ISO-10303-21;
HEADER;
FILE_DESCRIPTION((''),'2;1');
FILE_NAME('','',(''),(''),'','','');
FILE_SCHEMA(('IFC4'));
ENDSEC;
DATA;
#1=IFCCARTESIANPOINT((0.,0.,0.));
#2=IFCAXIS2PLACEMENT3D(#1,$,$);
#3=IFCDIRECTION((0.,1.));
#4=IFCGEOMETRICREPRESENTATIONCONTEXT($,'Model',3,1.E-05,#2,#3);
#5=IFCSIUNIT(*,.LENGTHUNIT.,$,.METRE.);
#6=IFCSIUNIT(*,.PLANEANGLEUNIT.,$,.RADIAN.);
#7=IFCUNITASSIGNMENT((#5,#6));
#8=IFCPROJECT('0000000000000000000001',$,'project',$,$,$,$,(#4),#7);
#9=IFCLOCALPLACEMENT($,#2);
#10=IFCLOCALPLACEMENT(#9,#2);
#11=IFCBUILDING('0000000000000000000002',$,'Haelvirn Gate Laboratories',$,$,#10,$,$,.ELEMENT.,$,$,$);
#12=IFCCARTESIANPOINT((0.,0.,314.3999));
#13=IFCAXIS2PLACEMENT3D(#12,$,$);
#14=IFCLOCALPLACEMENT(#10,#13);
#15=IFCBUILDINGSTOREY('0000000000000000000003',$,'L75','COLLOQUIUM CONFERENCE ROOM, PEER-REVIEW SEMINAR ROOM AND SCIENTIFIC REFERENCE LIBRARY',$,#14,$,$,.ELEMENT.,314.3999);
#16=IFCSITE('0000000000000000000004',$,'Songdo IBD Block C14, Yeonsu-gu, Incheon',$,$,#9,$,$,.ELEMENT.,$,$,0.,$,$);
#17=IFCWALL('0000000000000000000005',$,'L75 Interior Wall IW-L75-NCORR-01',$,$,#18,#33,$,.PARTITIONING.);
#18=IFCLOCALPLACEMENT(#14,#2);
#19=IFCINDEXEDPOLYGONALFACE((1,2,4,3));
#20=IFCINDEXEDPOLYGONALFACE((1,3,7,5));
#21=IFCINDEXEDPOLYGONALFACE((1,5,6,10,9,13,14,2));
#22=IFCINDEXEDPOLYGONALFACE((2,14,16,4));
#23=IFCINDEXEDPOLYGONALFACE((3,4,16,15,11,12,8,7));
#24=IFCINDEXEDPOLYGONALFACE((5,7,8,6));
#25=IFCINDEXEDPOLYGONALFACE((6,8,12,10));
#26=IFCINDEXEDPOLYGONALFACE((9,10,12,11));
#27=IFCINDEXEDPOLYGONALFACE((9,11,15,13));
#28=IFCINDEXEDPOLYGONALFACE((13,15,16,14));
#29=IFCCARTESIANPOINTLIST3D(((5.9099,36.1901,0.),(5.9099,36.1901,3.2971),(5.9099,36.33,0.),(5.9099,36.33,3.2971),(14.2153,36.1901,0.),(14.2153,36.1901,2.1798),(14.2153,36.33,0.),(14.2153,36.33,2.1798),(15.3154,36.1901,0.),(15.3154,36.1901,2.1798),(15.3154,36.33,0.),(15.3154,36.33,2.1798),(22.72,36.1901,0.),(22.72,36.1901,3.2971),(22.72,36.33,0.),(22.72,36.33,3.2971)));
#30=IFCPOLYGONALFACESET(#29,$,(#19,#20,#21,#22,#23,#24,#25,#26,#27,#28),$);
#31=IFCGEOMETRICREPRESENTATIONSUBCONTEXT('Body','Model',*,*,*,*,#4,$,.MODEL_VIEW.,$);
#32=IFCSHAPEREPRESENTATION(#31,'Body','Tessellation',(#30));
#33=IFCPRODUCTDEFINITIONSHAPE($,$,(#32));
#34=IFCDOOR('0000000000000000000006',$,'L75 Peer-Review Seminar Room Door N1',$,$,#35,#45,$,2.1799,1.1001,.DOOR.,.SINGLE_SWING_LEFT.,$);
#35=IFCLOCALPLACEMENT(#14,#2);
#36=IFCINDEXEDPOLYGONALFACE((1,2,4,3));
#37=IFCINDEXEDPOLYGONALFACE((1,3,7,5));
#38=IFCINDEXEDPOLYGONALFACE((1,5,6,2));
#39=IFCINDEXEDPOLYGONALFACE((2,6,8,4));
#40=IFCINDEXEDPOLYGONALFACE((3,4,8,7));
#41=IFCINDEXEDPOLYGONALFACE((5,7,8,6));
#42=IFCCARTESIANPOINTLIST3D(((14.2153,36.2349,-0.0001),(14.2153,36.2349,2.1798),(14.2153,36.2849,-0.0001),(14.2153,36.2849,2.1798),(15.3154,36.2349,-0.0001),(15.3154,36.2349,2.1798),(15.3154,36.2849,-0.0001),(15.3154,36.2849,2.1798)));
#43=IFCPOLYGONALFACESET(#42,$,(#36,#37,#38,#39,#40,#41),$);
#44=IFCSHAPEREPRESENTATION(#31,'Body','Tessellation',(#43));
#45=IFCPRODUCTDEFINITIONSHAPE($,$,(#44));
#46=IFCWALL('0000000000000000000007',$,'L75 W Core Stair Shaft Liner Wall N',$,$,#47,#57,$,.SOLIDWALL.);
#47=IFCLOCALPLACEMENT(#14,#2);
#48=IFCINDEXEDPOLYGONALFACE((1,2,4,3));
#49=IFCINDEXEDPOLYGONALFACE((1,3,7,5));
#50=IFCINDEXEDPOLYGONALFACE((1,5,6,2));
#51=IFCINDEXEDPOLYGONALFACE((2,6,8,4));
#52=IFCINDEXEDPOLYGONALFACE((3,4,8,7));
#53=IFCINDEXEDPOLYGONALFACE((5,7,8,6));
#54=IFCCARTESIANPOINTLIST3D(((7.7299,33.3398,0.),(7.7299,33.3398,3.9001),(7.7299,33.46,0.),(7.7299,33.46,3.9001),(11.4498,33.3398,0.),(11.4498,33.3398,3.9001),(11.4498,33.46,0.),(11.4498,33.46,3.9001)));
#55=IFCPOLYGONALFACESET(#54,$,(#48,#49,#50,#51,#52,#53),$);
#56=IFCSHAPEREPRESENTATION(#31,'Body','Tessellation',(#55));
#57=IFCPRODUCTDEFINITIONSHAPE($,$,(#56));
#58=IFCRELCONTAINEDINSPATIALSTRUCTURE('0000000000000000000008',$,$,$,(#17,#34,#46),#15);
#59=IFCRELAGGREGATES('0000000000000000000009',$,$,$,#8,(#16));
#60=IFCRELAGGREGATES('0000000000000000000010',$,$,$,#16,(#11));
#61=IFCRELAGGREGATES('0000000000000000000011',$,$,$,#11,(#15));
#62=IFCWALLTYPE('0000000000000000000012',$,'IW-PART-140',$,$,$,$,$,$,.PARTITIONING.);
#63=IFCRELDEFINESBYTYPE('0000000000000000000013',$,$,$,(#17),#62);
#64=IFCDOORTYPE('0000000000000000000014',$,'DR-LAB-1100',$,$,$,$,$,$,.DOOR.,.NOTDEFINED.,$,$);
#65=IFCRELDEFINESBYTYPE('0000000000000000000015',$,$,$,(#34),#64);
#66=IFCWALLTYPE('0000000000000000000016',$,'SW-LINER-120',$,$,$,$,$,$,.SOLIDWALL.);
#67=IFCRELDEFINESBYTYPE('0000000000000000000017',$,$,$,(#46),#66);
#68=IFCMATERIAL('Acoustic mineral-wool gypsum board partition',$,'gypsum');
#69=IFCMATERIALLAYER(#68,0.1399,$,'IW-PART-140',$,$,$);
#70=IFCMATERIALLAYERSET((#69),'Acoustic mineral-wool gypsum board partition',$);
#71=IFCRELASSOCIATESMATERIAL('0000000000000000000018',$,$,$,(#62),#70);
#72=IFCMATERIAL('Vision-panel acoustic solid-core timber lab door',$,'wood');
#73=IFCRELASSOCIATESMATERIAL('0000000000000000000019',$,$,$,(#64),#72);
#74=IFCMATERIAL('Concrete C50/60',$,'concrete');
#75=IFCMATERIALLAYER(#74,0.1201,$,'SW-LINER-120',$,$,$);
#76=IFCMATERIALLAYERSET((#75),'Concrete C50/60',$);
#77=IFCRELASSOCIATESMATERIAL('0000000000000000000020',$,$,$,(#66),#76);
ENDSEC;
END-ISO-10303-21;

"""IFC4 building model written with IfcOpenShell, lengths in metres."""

from ifc_helpers import new_model, si_unit, direction, frame, frame_2d, origin, place, context, subcontext, project, spatial, rectangle, extrude, source, transform, mapped, material, layer, layer_set, type_object, type_shapes, element, fill, save


model = new_model("IFC4")

# Units and contexts
model_context = context("Model", 3, precision=1e-05, world=origin(), true_north=direction((0.0, 1.0)))
body_context = subcontext(model_context, "Body", "Model", "MODEL_VIEW")
ifc_project = project(units=[si_unit("LENGTHUNIT", "METRE"), si_unit("PLANEANGLEUNIT", "RADIAN")], contexts=[model_context])

# Site, building, storey
site_placement = place(None, origin())
site = spatial("IfcSite", under=ifc_project, at=site_placement, Name="Songdo IBD Block C14, Yeonsu-gu, Incheon", CompositionType="ELEMENT", RefElevation=0.0)
building_placement = place(site_placement, origin())
building = spatial("IfcBuilding", under=site, at=building_placement, Name="Haelvirn Gate Laboratories", CompositionType="ELEMENT")
storey_placement = place(building_placement, frame((0.0, 0.0, 314.3999)))
storey = spatial("IfcBuildingStorey", under=building, at=storey_placement, Name="L75", Description="COLLOQUIUM CONFERENCE ROOM, PEER-REVIEW SEMINAR ROOM AND SCIENTIFIC REFERENCE LIBRARY", CompositionType="ELEMENT", Elevation=314.3999)

# Shared definitions
ifc_material_1 = material(Name="Concrete C50/60", Category="concrete")

# Wall, opening, door
ifc_material_2 = material(Name="Acoustic mineral-wool gypsum board partition", Category="gypsum")
ifc_layer_1 = layer(ifc_material_2, 0.1399, Name="IW-PART-140")
ifc_layer_set_1 = layer_set([ifc_layer_1], Name="Acoustic mineral-wool gypsum board partition")
wall_type_1 = type_object("IfcWallType", Name="IW-PART-140", PredefinedType="PARTITIONING", material=ifc_layer_set_1)
wall_1_placement = place(storey_placement, frame((5.9099, 36.26, 0.0), z_axis=(0.0, 0.0, 1.0), x_axis=(1.0, 0.0, 0.0)))
wall_1 = element("IfcWall", 1, at=wall_1_placement, inside=storey, type_object=wall_type_1, Name="L75 Interior Wall IW-L75-NCORR-01", PredefinedType="PARTITIONING", context=body_context, shape_type="SweptSolid", body=[
    extrude(rectangle(XDim=16.8101, YDim=0.1399, at=frame_2d((8.405, 0.0))), origin(), (0.0, 0.0, 1.0), 3.2971),
])
opening_1_placement = place(wall_1_placement, frame((8.3054, 0.0, 0.0)))
opening_1 = element("IfcOpeningElement", 2, at=opening_1_placement, cuts=wall_1, PredefinedType="OPENING", context=body_context, shape_type="SweptSolid", body=[
    extrude(rectangle(XDim=1.1001, YDim=2.1799, at=frame_2d((0.55, 1.0898))), frame((0.0, 0.0801, 0.0), z_axis=(0.0, -1.0, 0.0), x_axis=(1.0, 0.0, 0.0)), (0.0, 0.0, 1.0), 0.1599),
])
ifc_material_3 = material(Name="Vision-panel acoustic solid-core timber lab door", Category="wood")
door_type_1 = type_object("IfcDoorType", Name="DR-LAB-1100", OperationType="NOTDEFINED", PredefinedType="DOOR", material=ifc_material_3)
shared_shape_1 = source(origin(), body_context, "Body", "SweptSolid", [
    extrude(rectangle(XDim=1.1001, YDim=2.1799, at=frame_2d((0.55, 1.0898))), frame((0.0, 0.0249, 0.0), z_axis=(0.0, -1.0, 0.0), x_axis=(1.0, 0.0, 0.0)), (0.0, 0.0, 1.0), 0.05),
])
type_shapes(door_type_1, [shared_shape_1])
door_1_placement = place(opening_1_placement, origin())
door_1 = element("IfcDoor", 3, at=door_1_placement, inside=storey, type_object=door_type_1, Name="L75 Peer-Review Seminar Room Door N1", OperationType="SINGLE_SWING_LEFT", OverallHeight=2.1799, OverallWidth=1.1001, PredefinedType="DOOR", context=body_context, shape_type="MappedRepresentation", body=[
    mapped(shared_shape_1, transform((0.0, 0.0, 0.0), scale=1.0)),
])
fill(opening_1, door_1)

# Wall
ifc_layer_2 = layer(ifc_material_1, 0.1201, Name="SW-LINER-120")
ifc_layer_set_2 = layer_set([ifc_layer_2], Name="Concrete C50/60")
wall_type_2 = type_object("IfcWallType", Name="SW-LINER-120", PredefinedType="SOLIDWALL", material=ifc_layer_set_2)
wall_2_placement = place(storey_placement, frame((7.73, 33.3999, 0.0), z_axis=(0.0, 0.0, 1.0), x_axis=(1.0, 0.0, 0.0)))
element("IfcWall", 4, at=wall_2_placement, inside=storey, type_object=wall_type_2, Name="L75 W Core Stair Shaft Liner Wall N", PredefinedType="SOLIDWALL", context=body_context, shape_type="SweptSolid", body=[
    extrude(rectangle(XDim=3.72, YDim=0.1201, at=frame_2d((1.8599, 0.0))), origin(), (0.0, 0.0, 1.0), 3.9001),
])

save(model, "model.ifc")
